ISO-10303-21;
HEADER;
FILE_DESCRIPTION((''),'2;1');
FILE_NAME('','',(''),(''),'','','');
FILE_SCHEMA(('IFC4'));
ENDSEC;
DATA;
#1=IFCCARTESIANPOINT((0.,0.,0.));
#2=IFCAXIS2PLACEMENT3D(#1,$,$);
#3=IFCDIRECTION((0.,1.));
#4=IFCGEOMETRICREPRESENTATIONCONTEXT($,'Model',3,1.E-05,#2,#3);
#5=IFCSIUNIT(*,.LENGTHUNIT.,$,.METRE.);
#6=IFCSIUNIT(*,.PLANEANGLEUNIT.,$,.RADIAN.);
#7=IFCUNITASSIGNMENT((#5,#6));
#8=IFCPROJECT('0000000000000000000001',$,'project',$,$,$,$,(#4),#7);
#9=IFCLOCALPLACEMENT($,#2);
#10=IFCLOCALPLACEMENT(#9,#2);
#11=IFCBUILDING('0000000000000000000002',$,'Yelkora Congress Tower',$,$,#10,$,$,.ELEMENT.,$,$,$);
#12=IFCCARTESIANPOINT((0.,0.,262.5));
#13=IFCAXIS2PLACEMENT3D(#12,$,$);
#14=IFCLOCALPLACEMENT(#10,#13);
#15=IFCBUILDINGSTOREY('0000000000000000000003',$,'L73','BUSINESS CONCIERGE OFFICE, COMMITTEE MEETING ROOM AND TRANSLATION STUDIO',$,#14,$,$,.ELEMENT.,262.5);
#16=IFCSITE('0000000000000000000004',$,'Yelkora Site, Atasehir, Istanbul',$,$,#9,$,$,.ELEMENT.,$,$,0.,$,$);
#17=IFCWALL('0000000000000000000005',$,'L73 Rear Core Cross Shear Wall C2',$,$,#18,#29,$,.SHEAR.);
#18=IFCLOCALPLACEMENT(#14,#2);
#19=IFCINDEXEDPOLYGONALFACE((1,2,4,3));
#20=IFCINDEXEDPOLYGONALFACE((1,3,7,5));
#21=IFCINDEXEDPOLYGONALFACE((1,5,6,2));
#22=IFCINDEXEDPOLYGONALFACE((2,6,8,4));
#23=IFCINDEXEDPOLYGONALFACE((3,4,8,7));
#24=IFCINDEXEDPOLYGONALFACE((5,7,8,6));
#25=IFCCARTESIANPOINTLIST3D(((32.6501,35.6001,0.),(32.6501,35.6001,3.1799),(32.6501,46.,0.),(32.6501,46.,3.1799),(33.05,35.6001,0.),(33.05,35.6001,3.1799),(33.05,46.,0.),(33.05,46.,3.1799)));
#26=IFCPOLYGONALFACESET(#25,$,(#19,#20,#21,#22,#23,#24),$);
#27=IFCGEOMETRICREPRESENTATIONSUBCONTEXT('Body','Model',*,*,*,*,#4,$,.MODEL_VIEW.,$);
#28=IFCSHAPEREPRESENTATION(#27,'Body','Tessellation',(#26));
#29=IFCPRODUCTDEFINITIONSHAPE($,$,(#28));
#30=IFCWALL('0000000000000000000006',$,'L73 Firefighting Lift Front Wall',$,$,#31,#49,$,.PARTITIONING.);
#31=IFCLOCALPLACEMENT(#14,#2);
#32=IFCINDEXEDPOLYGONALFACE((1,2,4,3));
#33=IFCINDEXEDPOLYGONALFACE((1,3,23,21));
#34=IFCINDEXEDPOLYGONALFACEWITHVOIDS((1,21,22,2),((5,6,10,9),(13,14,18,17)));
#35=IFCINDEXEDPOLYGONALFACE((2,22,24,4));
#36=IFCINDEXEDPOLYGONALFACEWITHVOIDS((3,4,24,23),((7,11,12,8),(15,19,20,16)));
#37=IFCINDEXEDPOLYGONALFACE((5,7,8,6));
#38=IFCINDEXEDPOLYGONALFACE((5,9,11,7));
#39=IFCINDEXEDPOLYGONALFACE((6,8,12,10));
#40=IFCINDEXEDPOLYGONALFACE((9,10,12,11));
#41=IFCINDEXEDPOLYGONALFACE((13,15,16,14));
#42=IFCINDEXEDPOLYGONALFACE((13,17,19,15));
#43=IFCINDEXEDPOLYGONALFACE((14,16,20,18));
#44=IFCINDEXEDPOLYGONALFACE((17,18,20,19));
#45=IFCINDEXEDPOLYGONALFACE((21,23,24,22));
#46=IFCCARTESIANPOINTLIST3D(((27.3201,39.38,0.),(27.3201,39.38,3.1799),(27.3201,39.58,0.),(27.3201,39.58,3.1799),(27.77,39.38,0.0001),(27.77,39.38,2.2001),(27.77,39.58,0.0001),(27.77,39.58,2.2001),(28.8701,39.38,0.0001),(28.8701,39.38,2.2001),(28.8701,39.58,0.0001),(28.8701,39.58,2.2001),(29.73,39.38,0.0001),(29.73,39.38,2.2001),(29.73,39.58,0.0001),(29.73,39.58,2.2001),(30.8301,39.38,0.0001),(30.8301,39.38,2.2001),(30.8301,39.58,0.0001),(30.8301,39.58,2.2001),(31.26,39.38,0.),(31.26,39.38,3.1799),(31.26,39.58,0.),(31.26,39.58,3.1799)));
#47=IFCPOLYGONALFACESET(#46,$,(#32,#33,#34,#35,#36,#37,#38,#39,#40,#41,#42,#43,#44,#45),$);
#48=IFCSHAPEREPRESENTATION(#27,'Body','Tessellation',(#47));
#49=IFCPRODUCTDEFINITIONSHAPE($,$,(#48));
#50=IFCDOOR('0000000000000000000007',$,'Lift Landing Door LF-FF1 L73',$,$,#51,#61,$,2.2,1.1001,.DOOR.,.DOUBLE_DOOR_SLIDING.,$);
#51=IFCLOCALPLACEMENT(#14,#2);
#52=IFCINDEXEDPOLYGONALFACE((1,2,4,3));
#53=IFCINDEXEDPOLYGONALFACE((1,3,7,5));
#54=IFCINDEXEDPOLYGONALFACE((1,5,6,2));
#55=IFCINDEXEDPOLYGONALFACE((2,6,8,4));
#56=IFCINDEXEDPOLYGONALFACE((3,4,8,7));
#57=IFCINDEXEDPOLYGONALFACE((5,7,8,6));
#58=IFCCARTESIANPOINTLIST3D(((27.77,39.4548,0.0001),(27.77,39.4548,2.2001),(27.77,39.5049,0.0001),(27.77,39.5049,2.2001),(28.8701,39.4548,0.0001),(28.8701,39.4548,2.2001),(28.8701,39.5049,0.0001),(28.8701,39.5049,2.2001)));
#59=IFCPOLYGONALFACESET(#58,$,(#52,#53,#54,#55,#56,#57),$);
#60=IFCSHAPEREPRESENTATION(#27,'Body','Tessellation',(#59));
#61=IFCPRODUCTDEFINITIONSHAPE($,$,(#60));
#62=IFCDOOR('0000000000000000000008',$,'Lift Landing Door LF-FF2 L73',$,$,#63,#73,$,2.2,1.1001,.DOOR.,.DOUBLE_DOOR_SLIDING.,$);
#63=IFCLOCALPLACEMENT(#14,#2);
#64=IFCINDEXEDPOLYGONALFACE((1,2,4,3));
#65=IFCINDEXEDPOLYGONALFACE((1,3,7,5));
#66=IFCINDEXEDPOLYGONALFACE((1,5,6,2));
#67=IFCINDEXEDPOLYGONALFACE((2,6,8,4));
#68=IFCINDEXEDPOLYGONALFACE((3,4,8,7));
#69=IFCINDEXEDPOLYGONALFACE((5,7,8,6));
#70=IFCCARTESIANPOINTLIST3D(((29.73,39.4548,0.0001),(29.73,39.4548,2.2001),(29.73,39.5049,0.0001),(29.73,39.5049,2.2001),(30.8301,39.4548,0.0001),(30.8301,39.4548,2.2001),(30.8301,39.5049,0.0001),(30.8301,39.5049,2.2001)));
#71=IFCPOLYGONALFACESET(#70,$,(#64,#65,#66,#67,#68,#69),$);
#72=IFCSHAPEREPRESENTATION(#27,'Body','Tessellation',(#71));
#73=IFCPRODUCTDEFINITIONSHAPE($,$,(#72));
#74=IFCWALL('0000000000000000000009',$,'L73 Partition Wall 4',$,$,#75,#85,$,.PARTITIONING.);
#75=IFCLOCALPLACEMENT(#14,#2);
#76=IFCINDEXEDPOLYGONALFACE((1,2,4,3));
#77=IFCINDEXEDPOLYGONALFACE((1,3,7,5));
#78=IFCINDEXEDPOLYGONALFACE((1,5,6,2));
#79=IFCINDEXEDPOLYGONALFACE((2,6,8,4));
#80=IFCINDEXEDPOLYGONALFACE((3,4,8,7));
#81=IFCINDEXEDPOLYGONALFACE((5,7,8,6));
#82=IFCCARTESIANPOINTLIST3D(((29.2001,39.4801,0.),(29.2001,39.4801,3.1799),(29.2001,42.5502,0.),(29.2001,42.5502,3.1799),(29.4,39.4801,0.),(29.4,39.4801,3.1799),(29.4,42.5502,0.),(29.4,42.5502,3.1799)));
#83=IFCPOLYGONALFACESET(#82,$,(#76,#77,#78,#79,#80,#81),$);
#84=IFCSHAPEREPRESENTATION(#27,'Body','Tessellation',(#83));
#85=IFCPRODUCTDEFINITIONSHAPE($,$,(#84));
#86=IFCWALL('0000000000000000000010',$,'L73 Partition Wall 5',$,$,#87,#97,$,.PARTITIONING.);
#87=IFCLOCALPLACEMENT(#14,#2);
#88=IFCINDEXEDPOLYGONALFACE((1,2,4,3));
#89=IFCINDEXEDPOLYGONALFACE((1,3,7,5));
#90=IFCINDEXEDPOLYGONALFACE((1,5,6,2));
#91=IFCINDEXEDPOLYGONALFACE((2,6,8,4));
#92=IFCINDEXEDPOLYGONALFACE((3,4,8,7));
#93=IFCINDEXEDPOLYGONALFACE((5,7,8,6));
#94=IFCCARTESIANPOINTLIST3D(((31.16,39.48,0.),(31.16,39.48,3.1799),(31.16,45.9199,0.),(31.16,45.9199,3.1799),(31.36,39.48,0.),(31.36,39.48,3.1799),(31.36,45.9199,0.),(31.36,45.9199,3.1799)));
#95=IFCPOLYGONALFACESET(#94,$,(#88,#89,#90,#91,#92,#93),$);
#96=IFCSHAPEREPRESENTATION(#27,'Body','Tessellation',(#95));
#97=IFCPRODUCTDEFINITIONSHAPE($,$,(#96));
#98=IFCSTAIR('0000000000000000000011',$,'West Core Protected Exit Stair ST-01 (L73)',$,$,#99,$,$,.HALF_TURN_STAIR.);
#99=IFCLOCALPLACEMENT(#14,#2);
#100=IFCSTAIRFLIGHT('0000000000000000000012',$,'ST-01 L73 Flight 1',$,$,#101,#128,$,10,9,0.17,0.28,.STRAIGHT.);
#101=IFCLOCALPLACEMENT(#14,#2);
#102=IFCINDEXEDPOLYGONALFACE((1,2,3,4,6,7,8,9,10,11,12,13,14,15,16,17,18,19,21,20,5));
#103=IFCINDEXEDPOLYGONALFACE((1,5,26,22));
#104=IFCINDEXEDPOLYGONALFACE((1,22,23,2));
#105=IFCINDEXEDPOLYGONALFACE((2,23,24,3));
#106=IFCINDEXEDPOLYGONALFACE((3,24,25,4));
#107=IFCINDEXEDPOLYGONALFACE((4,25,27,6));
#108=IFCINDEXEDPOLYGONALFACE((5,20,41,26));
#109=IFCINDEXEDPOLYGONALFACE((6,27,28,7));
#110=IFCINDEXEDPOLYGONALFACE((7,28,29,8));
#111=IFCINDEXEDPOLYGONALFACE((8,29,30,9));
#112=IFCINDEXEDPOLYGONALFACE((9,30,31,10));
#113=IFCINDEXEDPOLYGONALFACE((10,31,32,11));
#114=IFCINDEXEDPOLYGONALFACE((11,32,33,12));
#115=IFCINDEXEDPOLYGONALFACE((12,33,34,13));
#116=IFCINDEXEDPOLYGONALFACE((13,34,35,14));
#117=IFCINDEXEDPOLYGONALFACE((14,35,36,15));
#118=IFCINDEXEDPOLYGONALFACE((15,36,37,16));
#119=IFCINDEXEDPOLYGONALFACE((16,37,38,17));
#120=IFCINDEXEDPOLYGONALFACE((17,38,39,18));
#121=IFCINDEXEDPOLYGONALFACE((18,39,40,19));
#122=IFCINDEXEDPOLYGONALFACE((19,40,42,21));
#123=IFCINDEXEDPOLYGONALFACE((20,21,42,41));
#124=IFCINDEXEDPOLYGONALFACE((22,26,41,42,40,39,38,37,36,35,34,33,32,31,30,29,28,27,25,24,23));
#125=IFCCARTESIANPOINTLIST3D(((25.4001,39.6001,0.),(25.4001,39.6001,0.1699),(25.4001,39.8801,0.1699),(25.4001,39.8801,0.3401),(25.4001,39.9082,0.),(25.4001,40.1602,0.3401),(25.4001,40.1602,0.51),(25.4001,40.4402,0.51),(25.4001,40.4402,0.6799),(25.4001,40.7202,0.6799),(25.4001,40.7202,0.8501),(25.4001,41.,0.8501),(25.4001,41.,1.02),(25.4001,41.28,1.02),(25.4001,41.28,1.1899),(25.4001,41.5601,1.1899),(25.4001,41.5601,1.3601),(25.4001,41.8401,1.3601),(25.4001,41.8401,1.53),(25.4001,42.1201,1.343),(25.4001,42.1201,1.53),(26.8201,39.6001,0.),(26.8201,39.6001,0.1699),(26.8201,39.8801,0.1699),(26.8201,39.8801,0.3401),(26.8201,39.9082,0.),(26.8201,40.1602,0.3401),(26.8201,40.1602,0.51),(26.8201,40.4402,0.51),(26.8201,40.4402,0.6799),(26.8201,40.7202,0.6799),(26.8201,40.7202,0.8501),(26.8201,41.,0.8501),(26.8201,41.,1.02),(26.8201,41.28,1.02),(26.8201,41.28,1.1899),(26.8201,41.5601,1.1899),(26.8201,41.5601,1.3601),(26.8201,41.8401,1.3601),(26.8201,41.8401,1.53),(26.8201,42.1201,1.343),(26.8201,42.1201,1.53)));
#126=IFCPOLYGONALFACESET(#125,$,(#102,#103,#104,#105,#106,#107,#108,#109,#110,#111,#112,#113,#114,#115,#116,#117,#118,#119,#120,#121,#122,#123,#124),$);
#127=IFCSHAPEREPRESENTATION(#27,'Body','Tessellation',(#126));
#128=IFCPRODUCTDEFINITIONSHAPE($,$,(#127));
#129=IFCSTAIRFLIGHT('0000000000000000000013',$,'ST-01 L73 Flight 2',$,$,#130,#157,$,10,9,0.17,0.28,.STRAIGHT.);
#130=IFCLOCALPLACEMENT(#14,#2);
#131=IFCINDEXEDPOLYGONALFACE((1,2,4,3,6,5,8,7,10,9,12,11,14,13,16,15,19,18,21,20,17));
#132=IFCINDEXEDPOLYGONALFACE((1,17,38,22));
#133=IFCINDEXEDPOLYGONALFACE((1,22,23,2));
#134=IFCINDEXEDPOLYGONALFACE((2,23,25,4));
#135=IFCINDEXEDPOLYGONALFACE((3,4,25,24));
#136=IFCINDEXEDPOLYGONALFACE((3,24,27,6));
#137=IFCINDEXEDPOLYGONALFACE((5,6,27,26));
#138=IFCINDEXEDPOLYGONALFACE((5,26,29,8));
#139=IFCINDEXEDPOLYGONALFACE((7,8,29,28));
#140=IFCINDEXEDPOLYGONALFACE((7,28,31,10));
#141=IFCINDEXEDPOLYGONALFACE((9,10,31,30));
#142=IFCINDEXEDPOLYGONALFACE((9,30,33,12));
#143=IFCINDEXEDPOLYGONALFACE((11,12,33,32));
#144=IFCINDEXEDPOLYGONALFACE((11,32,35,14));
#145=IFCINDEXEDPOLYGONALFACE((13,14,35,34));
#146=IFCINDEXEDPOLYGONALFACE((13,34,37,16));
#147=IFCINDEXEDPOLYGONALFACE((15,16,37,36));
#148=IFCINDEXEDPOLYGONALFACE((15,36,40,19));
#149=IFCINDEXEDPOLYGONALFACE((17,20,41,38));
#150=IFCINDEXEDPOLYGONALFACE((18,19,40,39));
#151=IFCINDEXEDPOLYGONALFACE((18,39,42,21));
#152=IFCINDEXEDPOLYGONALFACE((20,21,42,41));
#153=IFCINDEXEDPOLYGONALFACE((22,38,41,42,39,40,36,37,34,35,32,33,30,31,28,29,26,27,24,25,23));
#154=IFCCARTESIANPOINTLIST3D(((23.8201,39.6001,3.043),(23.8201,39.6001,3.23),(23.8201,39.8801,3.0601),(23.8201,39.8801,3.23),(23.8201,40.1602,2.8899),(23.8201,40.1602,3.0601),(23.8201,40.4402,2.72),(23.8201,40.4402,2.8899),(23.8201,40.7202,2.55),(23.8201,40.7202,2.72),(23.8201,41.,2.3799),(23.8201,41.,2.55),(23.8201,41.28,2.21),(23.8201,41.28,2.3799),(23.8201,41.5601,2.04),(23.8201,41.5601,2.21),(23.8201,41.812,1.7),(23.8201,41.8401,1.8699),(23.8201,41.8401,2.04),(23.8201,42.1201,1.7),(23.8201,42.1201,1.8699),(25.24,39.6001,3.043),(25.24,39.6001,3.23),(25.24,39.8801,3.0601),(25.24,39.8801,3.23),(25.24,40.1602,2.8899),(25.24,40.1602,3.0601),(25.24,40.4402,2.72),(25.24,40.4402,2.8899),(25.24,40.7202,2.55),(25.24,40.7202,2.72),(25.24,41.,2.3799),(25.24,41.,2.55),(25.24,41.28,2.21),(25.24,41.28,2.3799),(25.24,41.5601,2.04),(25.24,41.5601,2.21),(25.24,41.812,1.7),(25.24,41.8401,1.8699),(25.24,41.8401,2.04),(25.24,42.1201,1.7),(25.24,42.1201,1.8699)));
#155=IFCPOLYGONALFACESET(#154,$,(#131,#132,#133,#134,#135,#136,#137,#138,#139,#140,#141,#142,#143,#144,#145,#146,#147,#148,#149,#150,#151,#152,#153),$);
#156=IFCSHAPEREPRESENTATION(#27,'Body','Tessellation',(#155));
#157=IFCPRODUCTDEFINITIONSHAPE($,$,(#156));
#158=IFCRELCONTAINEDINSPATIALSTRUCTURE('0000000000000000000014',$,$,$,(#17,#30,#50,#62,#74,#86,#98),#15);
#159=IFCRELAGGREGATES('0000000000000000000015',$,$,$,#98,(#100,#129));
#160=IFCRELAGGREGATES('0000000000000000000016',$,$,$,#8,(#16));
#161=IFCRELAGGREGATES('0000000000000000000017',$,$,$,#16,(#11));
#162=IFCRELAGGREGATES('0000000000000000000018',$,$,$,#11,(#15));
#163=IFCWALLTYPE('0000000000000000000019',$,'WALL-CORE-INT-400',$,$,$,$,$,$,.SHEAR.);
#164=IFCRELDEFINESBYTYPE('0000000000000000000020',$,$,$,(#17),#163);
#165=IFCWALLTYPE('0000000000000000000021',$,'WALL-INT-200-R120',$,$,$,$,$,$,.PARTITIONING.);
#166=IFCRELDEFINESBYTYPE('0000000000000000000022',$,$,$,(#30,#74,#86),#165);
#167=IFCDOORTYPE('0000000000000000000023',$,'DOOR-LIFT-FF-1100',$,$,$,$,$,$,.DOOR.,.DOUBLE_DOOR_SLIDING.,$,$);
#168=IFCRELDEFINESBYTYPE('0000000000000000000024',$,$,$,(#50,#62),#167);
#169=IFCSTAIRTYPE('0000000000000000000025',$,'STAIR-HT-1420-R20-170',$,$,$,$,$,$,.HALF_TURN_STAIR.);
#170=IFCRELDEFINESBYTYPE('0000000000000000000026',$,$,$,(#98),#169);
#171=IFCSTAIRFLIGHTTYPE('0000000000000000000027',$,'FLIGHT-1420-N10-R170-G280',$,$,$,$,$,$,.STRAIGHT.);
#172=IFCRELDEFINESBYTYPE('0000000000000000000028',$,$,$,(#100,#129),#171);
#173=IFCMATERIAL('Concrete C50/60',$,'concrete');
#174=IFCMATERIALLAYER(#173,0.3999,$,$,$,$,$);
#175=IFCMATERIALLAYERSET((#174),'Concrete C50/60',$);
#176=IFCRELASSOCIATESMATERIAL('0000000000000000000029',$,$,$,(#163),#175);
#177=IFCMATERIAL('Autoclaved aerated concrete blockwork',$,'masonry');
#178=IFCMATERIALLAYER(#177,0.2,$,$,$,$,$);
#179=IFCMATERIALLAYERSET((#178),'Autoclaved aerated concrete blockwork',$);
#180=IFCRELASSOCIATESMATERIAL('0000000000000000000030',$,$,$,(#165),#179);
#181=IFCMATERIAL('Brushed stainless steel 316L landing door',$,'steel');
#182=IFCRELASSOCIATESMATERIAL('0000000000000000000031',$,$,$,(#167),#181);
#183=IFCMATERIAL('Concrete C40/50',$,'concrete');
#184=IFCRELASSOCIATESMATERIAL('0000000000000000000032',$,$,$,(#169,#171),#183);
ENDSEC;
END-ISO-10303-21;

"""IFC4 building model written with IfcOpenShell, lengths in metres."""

from ifc_helpers import new_model, si_unit, direction, frame, frame_2d, origin, place, context, subcontext, project, spatial, polyline, rectangle, outline, extrude, material, layer, layer_set, type_object, element, fill, aggregate, save


model = new_model("IFC4")

# Units and contexts
model_context = context("Model", 3, precision=1e-05, world=origin(), true_north=direction((0.0, 1.0)))
body_context = subcontext(model_context, "Body", "Model", "MODEL_VIEW")
ifc_project = project(units=[si_unit("LENGTHUNIT", "METRE"), si_unit("PLANEANGLEUNIT", "RADIAN")], contexts=[model_context])

# Site, building, storey
site_placement = place(None, origin())
site = spatial("IfcSite", under=ifc_project, at=site_placement, Name="Yelkora Site, Atasehir, Istanbul", CompositionType="ELEMENT", RefElevation=0.0)
building_placement = place(site_placement, origin())
building = spatial("IfcBuilding", under=site, at=building_placement, Name="Yelkora Congress Tower", CompositionType="ELEMENT")
storey_placement = place(building_placement, frame((0.0, 0.0, 262.5)))
storey = spatial("IfcBuildingStorey", under=building, at=storey_placement, Name="L73", Description="BUSINESS CONCIERGE OFFICE, COMMITTEE MEETING ROOM AND TRANSLATION STUDIO", CompositionType="ELEMENT", Elevation=262.5)

# Shared definitions
ifc_material_1 = material(Name="Concrete C50/60", Category="concrete")
ifc_layer_1 = layer(ifc_material_1, 0.3999)
ifc_layer_set_1 = layer_set([ifc_layer_1], Name="Concrete C50/60")
wall_type_1 = type_object("IfcWallType", Name="WALL-CORE-INT-400", PredefinedType="SHEAR", material=ifc_layer_set_1)

# Wall
wall_1_placement = place(storey_placement, frame((32.8501, 35.6001, 0.0), z_axis=(0.0, 0.0, 1.0), x_axis=(0.0, 1.0, 0.0)))
element("IfcWall", 1, at=wall_1_placement, inside=storey, type_object=wall_type_1, Name="L73 Rear Core Cross Shear Wall C2", PredefinedType="SHEAR", context=body_context, shape_type="SweptSolid", body=[
    extrude(rectangle(XDim=10.3999, YDim=0.3999, at=frame_2d((5.2, 0.0))), origin(), (0.0, 0.0, 1.0), 3.1799),
])

# Shared definitions
ifc_material_2 = material(Name="Autoclaved aerated concrete blockwork", Category="masonry")
ifc_layer_2 = layer(ifc_material_2, 0.2)
ifc_layer_set_2 = layer_set([ifc_layer_2], Name="Autoclaved aerated concrete blockwork")
wall_type_2 = type_object("IfcWallType", Name="WALL-INT-200-R120", PredefinedType="PARTITIONING", material=ifc_layer_set_2)

# Wall, openings, doors
wall_2_placement = place(storey_placement, frame((27.3201, 39.48, 0.0), z_axis=(0.0, 0.0, 1.0), x_axis=(1.0, 0.0, 0.0)))
wall_2 = element("IfcWall", 2, at=wall_2_placement, inside=storey, type_object=wall_type_2, Name="L73 Firefighting Lift Front Wall", PredefinedType="PARTITIONING", context=body_context, shape_type="SweptSolid", body=[
    extrude(rectangle(XDim=3.9399, YDim=0.2, at=frame_2d((1.97, 0.0))), origin(), (0.0, 0.0, 1.0), 3.1799),
])
opening_1_placement = place(wall_2_placement, frame((0.45, 0.0, 0.0)))
opening_1 = element("IfcOpeningElement", 3, at=opening_1_placement, cuts=wall_2, PredefinedType="OPENING", context=body_context, shape_type="SweptSolid", body=[
    extrude(rectangle(XDim=1.1001, YDim=2.2, at=frame_2d((0.55, 1.1001))), frame((0.0, 0.1099, 0.0), z_axis=(0.0, -1.0, 0.0), x_axis=(1.0, 0.0, 0.0)), (0.0, 0.0, 1.0), 0.22),
])
opening_2_placement = place(wall_2_placement, frame((2.4099, 0.0, 0.0)))
opening_2 = element("IfcOpeningElement", 4, at=opening_2_placement, cuts=wall_2, PredefinedType="OPENING", context=body_context, shape_type="SweptSolid", body=[
    extrude(rectangle(XDim=1.1001, YDim=2.2, at=frame_2d((0.55, 1.1001))), frame((0.0, 0.1099, 0.0), z_axis=(0.0, -1.0, 0.0), x_axis=(1.0, 0.0, 0.0)), (0.0, 0.0, 1.0), 0.22),
])
ifc_material_3 = material(Name="Brushed stainless steel 316L landing door", Category="steel")
door_type_1 = type_object("IfcDoorType", Name="DOOR-LIFT-FF-1100", OperationType="DOUBLE_DOOR_SLIDING", PredefinedType="DOOR", material=ifc_material_3)
door_1_placement = place(opening_1_placement, origin())
door_1 = element("IfcDoor", 5, at=door_1_placement, inside=storey, type_object=door_type_1, Name="Lift Landing Door LF-FF1 L73", OperationType="DOUBLE_DOOR_SLIDING", OverallHeight=2.2, OverallWidth=1.1001, PredefinedType="DOOR", context=body_context, shape_type="SweptSolid", body=[
    extrude(rectangle(XDim=1.1001, YDim=2.2, at=frame_2d((0.55, 1.1001))), frame((0.0, 0.0249, 0.0), z_axis=(0.0, -1.0, 0.0), x_axis=(1.0, 0.0, 0.0)), (0.0, 0.0, 1.0), 0.05),
])
fill(opening_1, door_1)
door_2_placement = place(opening_2_placement, origin())
door_2 = element("IfcDoor", 6, at=door_2_placement, inside=storey, type_object=door_type_1, Name="Lift Landing Door LF-FF2 L73", OperationType="DOUBLE_DOOR_SLIDING", OverallHeight=2.2, OverallWidth=1.1001, PredefinedType="DOOR", context=body_context, shape_type="SweptSolid", body=[
    extrude(rectangle(XDim=1.1001, YDim=2.2, at=frame_2d((0.55, 1.1001))), frame((0.0, 0.0249, 0.0), z_axis=(0.0, -1.0, 0.0), x_axis=(1.0, 0.0, 0.0)), (0.0, 0.0, 1.0), 0.05),
])
fill(opening_2, door_2)

# Walls
wall_3_placement = place(storey_placement, frame((29.3, 39.48, 0.0), z_axis=(0.0, 0.0, 1.0), x_axis=(0.0, 1.0, 0.0)))
element("IfcWall", 7, at=wall_3_placement, inside=storey, type_object=wall_type_2, Name="L73 Partition Wall 4", PredefinedType="PARTITIONING", context=body_context, shape_type="SweptSolid", body=[
    extrude(rectangle(XDim=3.0701, YDim=0.2, at=frame_2d((1.5352, 0.0))), origin(), (0.0, 0.0, 1.0), 3.1799),
])
wall_4_placement = place(storey_placement, frame((31.26, 39.48, 0.0), z_axis=(0.0, 0.0, 1.0), x_axis=(0.0, 1.0, 0.0)))
element("IfcWall", 8, at=wall_4_placement, inside=storey, type_object=wall_type_2, Name="L73 Partition Wall 5", PredefinedType="PARTITIONING", context=body_context, shape_type="SweptSolid", body=[
    extrude(rectangle(XDim=6.4399, YDim=0.2, at=frame_2d((3.22, 0.0))), origin(), (0.0, 0.0, 1.0), 3.1799),
])

# Stair, stair flights
ifc_material_4 = material(Name="Concrete C40/50", Category="concrete")
stair_type = type_object("IfcStairType", Name="STAIR-HT-1420-R20-170", PredefinedType="HALF_TURN_STAIR", material=ifc_material_4)
stair_placement = place(storey_placement, origin())
stair = element("IfcStair", 9, at=stair_placement, inside=storey, type_object=stair_type, Name="West Core Protected Exit Stair ST-01 (L73)", PredefinedType="HALF_TURN_STAIR")
stair_flight_type = type_object("IfcStairFlightType", Name="FLIGHT-1420-N10-R170-G280", PredefinedType="STRAIGHT", material=ifc_material_4)
stair_flight_1_placement = place(storey_placement, frame((26.1101, 39.6001, 0.0), z_axis=(0.0, 0.0, 1.0), x_axis=(0.0, 1.0, 0.0)))
stair_flight_1 = element("IfcStairFlight", 10, at=stair_flight_1_placement, type_object=stair_flight_type, Name="ST-01 L73 Flight 1", NumberOfRisers=10, NumberOfTreads=9, PredefinedType="STRAIGHT", RiserHeight=0.17, TreadLength=0.28, context=body_context, shape_type="SweptSolid", body=[
    extrude(outline(polyline([(0.0, 0.0), (0.0, 0.1699), (0.28, 0.1699), (0.28, 0.3401), (0.5601, 0.3401), (0.5601, 0.51), (0.8401, 0.51), (0.8401, 0.6799), (1.1201, 0.6799), (1.1201, 0.8501), (1.3999, 0.8501), (1.3999, 1.02), (1.6799, 1.02), (1.6799, 1.1899), (1.96, 1.1899), (1.96, 1.3601), (2.24, 1.3601), (2.24, 1.53), (2.52, 1.53), (2.52, 1.7), (2.52, 1.343), (0.3081, 0.0), (0.0, 0.0)])), frame((0.0, 0.71, 0.0), z_axis=(0.0, -1.0, 0.0), x_axis=(1.0, 0.0, 0.0)), (0.0, 0.0, 1.0), 1.4199),
])
stair_flight_2_placement = place(storey_placement, frame((24.53, 42.1201, 1.7), z_axis=(0.0, 0.0, 1.0), x_axis=(0.0, -1.0, 0.0)))
stair_flight_2 = element("IfcStairFlight", 11, at=stair_flight_2_placement, type_object=stair_flight_type, Name="ST-01 L73 Flight 2", NumberOfRisers=10, NumberOfTreads=9, PredefinedType="STRAIGHT", RiserHeight=0.17, TreadLength=0.28, context=body_context, shape_type="SweptSolid", body=[
    extrude(outline(polyline([(0.0, 0.0), (0.0, 0.1699), (0.28, 0.1699), (0.28, 0.3401), (0.5601, 0.3401), (0.5601, 0.51), (0.8401, 0.51), (0.8401, 0.6799), (1.1201, 0.6799), (1.1201, 0.8501), (1.3999, 0.8501), (1.3999, 1.02), (1.6799, 1.02), (1.6799, 1.1899), (1.96, 1.1899), (1.96, 1.3601), (2.24, 1.3601), (2.24, 1.53), (2.52, 1.53), (2.52, 1.7), (2.52, 1.343), (0.3081, 0.0), (0.0, 0.0)])), frame((0.0, 0.71, 0.0), z_axis=(0.0, -1.0, 0.0), x_axis=(1.0, 0.0, 0.0)), (0.0, 0.0, 1.0), 1.4199),
])
aggregate(stair, [stair_flight_1, stair_flight_2])

save(model, "model.ifc")
